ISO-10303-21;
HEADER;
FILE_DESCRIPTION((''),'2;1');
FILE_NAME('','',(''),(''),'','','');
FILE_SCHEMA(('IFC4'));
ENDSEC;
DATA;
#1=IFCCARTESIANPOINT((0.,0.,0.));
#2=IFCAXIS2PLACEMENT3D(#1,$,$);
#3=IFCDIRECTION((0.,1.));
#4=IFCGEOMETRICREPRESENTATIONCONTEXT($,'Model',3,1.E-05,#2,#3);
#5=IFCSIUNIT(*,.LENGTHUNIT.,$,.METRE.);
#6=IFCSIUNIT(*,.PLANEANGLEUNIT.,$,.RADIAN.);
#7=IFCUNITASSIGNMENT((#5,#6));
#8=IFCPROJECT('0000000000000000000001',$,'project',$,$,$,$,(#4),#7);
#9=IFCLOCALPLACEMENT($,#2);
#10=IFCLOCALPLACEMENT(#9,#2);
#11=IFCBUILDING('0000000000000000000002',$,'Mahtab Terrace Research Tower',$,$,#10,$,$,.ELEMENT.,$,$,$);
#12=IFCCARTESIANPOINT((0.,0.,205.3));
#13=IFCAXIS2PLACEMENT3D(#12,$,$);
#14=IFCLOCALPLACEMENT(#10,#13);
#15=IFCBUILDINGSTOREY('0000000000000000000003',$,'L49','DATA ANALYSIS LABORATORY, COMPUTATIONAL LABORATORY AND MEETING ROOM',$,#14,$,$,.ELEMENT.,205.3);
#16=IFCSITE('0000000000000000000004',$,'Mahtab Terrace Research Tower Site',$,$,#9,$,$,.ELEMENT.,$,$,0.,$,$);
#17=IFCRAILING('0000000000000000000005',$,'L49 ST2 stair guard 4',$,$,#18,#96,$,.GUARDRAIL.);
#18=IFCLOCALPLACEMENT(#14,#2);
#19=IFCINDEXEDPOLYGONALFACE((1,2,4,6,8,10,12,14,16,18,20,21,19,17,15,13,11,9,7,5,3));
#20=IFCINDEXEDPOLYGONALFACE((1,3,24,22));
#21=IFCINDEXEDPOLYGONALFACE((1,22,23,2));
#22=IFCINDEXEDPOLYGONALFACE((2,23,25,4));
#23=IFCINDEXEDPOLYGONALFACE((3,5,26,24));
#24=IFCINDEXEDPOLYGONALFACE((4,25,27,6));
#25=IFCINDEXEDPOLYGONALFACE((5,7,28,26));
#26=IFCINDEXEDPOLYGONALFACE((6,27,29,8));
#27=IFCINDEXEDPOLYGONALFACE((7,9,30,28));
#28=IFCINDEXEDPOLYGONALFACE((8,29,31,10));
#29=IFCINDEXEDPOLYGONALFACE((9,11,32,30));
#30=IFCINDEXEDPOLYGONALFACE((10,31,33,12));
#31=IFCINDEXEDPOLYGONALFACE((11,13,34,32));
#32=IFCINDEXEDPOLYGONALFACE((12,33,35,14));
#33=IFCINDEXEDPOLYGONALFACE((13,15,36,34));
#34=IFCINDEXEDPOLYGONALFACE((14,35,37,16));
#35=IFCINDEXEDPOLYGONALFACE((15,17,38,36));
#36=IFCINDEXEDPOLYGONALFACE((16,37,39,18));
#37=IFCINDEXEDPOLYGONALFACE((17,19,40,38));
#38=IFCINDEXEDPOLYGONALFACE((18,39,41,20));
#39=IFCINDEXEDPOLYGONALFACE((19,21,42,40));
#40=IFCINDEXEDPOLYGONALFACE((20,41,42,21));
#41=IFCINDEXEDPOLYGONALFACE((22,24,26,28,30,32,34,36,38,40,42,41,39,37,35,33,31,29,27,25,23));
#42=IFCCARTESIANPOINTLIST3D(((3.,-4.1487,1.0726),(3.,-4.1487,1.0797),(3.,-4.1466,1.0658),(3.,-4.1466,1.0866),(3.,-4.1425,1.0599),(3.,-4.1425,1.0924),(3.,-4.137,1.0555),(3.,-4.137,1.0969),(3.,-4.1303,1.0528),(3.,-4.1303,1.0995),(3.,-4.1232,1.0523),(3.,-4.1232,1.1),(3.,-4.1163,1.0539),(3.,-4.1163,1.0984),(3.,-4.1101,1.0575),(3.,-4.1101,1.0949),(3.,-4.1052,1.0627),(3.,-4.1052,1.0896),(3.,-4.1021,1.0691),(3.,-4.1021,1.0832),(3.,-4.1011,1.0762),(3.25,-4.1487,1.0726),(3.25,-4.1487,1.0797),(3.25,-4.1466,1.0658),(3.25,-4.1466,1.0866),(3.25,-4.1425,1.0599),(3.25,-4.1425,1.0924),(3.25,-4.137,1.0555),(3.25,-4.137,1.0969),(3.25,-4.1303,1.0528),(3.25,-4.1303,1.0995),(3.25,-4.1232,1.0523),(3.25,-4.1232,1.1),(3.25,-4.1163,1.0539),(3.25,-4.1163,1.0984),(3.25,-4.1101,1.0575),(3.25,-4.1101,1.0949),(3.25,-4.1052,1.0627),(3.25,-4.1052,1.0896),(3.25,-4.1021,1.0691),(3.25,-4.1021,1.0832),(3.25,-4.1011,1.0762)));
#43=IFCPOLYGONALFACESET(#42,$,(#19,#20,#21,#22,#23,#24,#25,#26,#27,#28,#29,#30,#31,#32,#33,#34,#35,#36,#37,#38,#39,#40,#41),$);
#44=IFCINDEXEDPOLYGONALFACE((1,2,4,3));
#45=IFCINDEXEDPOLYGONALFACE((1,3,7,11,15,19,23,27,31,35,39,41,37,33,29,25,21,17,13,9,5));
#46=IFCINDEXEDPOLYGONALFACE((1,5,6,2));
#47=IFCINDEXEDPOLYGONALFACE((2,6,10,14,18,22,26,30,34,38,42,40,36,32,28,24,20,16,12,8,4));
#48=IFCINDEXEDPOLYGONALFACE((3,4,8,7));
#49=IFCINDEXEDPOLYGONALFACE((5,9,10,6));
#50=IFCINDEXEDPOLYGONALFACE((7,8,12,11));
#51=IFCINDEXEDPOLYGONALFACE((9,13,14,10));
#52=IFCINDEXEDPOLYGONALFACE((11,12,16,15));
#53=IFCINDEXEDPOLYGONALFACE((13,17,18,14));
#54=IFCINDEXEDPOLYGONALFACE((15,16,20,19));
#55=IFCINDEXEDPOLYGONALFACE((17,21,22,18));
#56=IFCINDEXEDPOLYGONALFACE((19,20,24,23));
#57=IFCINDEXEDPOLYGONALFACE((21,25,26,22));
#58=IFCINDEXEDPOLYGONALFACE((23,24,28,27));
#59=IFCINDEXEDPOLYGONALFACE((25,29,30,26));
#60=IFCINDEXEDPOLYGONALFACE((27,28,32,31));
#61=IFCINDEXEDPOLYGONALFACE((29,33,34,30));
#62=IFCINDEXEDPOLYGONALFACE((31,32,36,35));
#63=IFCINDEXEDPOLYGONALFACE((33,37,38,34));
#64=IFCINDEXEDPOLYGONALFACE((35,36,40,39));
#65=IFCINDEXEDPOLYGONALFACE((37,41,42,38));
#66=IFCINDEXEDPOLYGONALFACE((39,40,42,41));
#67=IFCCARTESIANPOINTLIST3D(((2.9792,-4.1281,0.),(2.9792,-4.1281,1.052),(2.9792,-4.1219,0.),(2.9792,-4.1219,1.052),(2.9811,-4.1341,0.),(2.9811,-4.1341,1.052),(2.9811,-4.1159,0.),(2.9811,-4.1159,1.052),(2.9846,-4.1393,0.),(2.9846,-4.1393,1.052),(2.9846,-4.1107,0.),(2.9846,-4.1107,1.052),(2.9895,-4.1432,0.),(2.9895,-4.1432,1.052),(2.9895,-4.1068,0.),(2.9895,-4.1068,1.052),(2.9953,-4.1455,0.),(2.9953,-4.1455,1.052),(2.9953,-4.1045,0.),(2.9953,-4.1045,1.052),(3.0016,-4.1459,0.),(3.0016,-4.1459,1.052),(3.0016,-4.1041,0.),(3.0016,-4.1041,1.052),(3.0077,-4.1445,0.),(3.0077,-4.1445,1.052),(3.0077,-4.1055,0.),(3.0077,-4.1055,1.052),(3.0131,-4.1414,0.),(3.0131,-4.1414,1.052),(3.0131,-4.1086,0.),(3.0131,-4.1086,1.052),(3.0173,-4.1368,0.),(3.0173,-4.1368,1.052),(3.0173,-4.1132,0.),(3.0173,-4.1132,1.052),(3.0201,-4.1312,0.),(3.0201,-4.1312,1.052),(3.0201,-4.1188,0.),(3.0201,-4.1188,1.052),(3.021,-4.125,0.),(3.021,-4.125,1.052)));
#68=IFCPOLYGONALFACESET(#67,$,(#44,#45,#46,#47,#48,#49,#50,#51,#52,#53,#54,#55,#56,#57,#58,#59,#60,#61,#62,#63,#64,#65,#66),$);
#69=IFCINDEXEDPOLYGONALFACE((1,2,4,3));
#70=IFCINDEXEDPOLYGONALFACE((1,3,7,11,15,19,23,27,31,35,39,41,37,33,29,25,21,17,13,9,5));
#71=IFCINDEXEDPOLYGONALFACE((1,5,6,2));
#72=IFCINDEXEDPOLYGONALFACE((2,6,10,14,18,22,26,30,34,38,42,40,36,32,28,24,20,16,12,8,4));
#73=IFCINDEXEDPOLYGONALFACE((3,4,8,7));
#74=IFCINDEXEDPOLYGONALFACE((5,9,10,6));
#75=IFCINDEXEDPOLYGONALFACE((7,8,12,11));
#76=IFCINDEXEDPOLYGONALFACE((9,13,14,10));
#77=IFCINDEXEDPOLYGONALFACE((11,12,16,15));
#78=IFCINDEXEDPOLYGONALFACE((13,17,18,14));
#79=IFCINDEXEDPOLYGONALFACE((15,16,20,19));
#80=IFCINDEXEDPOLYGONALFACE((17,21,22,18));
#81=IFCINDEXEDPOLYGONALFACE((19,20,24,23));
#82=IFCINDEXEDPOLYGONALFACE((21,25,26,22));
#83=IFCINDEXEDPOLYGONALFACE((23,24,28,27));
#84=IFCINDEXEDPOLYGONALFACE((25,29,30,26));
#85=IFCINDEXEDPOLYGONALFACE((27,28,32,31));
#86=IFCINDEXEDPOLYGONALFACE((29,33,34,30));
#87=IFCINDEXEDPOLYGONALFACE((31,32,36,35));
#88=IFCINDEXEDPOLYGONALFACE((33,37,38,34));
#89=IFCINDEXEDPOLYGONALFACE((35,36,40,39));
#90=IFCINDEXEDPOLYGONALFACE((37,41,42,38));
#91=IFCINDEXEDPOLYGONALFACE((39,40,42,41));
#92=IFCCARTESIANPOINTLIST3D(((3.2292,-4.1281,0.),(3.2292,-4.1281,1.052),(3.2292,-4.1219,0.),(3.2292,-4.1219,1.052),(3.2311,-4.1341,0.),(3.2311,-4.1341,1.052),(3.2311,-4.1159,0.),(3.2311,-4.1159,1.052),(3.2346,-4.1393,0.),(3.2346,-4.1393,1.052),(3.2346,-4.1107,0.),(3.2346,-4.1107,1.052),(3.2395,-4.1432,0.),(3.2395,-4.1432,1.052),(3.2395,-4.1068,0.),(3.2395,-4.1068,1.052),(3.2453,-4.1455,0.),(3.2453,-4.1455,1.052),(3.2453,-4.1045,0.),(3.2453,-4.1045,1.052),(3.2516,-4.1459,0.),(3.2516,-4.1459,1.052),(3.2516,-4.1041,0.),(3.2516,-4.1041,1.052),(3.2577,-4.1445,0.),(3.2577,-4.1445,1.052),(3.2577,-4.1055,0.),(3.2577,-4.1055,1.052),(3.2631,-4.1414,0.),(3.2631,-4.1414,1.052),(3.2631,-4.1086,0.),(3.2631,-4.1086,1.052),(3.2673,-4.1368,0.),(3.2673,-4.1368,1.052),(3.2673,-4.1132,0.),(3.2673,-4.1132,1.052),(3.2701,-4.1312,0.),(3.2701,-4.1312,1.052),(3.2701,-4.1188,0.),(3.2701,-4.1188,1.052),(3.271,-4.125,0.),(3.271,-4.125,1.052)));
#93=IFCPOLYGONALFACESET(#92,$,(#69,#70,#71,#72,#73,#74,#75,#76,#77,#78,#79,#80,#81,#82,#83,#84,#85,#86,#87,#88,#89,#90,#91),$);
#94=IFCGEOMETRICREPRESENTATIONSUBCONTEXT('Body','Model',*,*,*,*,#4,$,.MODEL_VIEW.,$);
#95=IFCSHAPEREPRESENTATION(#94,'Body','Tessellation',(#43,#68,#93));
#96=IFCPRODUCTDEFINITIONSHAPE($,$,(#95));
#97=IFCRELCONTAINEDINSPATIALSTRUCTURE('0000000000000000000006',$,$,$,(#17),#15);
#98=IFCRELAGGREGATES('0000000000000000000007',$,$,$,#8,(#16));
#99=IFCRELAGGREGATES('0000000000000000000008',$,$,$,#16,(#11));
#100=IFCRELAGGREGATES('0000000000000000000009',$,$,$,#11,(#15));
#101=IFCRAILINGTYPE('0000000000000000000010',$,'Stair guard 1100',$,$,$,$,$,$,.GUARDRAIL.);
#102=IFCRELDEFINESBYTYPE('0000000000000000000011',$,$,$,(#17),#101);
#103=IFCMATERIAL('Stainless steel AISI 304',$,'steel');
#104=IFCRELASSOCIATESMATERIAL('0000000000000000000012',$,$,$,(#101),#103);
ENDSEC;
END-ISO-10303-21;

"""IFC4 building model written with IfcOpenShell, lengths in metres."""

from ifc_helpers import new_model, si_unit, direction, frame, origin, origin_2d, place, context, subcontext, project, spatial, circle, extrude, material, type_object, element, save


model = new_model("IFC4")

# Units and contexts
model_context = context("Model", 3, precision=1e-05, world=origin(), true_north=direction((0.0, 1.0)))
body_context = subcontext(model_context, "Body", "Model", "MODEL_VIEW")
ifc_project = project(units=[si_unit("LENGTHUNIT", "METRE"), si_unit("PLANEANGLEUNIT", "RADIAN")], contexts=[model_context])

# Site, building, storey
site_placement = place(None, origin())
site = spatial("IfcSite", under=ifc_project, at=site_placement, Name="Mahtab Terrace Research Tower Site", CompositionType="ELEMENT", RefElevation=0.0)
building_placement = place(site_placement, origin())
building = spatial("IfcBuilding", under=site, at=building_placement, Name="Mahtab Terrace Research Tower", CompositionType="ELEMENT")
storey_placement = place(building_placement, frame((0.0, 0.0, 205.3)))
storey = spatial("IfcBuildingStorey", under=building, at=storey_placement, Name="L49", Description="DATA ANALYSIS LABORATORY, COMPUTATIONAL LABORATORY AND MEETING ROOM", CompositionType="ELEMENT", Elevation=205.3)

# Railing
ifc_material_1 = material(Name="Stainless steel AISI 304", Category="steel")
railing_type_1 = type_object("IfcRailingType", Name="Stair guard 1100", PredefinedType="GUARDRAIL", material=ifc_material_1)
railing_1_placement = place(storey_placement, frame((3.0, -4.125, 0.0)))
element("IfcRailing", 1, at=railing_1_placement, inside=storey, type_object=railing_type_1, Name="L49 ST2 stair guard 4", PredefinedType="GUARDRAIL", context=body_context, shape_type="SweptSolid", body=[
    extrude(circle(Radius=0.0239, at=origin_2d()), frame((0.0, 0.0, 1.0762), z_axis=(1.0, 0.0, 0.0), x_axis=(0.0, 1.0, 0.0)), (0.0, 0.0, 1.0), 0.25),
    extrude(circle(Radius=0.021, at=origin_2d()), origin(), (0.0, 0.0, 1.0), 1.052),
    extrude(circle(Radius=0.021, at=origin_2d()), frame((0.25, 0.0, 0.0)), (0.0, 0.0, 1.0), 1.052),
])

save(model, "model.ifc")
